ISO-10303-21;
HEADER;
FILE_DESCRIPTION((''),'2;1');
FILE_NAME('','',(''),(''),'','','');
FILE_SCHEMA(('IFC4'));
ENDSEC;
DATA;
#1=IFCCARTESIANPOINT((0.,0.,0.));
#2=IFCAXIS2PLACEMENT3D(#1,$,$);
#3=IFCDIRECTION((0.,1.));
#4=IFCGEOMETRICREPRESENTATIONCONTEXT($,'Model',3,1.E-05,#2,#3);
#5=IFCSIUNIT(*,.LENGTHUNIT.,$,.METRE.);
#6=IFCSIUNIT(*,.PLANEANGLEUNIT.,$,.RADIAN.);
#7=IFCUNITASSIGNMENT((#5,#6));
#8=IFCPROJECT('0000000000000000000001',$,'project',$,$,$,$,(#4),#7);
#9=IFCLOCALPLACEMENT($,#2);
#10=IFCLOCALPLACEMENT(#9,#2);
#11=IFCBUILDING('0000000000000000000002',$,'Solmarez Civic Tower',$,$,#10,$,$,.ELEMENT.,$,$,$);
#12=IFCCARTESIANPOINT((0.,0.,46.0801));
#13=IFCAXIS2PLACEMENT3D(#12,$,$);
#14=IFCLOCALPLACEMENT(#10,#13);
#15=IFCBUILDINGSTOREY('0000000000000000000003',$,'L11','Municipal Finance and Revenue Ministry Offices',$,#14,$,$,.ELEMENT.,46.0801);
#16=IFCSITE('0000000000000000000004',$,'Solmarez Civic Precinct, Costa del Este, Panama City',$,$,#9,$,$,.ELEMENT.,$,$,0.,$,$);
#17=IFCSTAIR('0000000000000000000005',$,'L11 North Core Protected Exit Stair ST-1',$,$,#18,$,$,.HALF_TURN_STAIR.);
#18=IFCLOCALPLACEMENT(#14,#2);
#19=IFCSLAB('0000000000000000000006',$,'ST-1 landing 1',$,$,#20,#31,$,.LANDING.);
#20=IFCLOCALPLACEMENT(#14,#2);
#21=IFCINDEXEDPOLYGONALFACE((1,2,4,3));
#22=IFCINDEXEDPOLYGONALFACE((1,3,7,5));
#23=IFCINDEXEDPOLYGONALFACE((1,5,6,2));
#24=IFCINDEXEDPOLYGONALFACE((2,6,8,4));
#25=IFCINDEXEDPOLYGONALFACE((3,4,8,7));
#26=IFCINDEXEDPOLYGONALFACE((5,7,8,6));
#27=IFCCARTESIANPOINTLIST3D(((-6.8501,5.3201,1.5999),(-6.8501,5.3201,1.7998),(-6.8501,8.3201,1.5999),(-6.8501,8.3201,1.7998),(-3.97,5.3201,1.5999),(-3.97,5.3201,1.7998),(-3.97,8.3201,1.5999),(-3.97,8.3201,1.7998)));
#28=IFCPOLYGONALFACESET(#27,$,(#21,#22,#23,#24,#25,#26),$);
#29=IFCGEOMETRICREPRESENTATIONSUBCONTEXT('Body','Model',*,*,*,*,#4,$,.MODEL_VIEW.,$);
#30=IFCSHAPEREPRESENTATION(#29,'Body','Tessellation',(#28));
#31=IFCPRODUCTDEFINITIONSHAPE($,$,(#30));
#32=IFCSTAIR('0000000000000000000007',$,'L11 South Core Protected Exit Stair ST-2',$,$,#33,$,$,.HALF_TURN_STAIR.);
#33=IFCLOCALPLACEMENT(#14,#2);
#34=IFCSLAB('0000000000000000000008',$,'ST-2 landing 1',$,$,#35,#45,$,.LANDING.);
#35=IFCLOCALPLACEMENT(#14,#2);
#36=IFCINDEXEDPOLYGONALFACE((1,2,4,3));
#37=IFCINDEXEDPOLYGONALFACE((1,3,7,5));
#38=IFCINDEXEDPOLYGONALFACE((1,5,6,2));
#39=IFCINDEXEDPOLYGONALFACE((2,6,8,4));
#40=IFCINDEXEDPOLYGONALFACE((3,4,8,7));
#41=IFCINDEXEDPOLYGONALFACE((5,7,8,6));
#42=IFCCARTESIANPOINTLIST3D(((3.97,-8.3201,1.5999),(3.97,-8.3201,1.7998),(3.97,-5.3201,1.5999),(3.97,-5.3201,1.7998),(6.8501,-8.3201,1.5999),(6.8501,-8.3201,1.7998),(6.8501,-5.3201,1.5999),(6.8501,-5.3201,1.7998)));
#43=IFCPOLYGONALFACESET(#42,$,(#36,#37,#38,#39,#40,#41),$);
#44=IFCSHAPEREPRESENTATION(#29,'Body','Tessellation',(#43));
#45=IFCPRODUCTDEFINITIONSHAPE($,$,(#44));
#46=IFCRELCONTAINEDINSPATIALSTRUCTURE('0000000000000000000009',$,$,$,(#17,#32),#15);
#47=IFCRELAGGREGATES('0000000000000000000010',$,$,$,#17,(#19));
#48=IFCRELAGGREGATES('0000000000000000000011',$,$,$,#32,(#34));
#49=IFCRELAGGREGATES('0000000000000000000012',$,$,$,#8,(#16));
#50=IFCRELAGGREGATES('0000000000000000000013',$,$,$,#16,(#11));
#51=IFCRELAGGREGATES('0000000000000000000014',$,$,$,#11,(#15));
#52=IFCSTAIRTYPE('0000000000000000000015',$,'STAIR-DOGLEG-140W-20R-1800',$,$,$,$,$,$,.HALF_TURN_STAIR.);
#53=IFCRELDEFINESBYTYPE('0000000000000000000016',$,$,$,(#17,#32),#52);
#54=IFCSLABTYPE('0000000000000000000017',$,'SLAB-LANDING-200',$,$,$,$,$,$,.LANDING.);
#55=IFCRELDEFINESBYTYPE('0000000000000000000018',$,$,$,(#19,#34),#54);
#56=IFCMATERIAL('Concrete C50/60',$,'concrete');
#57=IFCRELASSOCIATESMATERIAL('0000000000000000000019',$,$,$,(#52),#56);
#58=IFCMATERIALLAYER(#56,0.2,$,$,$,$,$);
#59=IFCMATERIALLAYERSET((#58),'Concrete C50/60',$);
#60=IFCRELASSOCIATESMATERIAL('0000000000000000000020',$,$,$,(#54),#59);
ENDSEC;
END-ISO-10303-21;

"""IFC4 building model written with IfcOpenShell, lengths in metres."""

from ifc_helpers import new_model, si_unit, direction, frame, origin, place, context, subcontext, project, spatial, polyline, outline, extrude, material, layer, layer_set, type_object, element, aggregate, save


model = new_model("IFC4")

# Units and contexts
model_context = context("Model", 3, precision=1e-05, world=origin(), true_north=direction((0.0, 1.0)))
body_context = subcontext(model_context, "Body", "Model", "MODEL_VIEW")
ifc_project = project(units=[si_unit("LENGTHUNIT", "METRE"), si_unit("PLANEANGLEUNIT", "RADIAN")], contexts=[model_context])

# Site, building, storey
site_placement = place(None, origin())
site = spatial("IfcSite", under=ifc_project, at=site_placement, Name="Solmarez Civic Precinct, Costa del Este, Panama City", CompositionType="ELEMENT", RefElevation=0.0)
building_placement = place(site_placement, origin())
building = spatial("IfcBuilding", under=site, at=building_placement, Name="Solmarez Civic Tower", CompositionType="ELEMENT")
storey_placement = place(building_placement, frame((0.0, 0.0, 46.0801)))
storey = spatial("IfcBuildingStorey", under=building, at=storey_placement, Name="L11", Description="Municipal Finance and Revenue Ministry Offices", CompositionType="ELEMENT", Elevation=46.0801)

# Stairs, slabs
ifc_material_1 = material(Name="Concrete C50/60", Category="concrete")
stair_type = type_object("IfcStairType", Name="STAIR-DOGLEG-140W-20R-1800", PredefinedType="HALF_TURN_STAIR", material=ifc_material_1)
stair_1_placement = place(storey_placement, origin())
stair_1 = element("IfcStair", 1, at=stair_1_placement, inside=storey, type_object=stair_type, Name="L11 North Core Protected Exit Stair ST-1", PredefinedType="HALF_TURN_STAIR")
ifc_layer_1 = layer(ifc_material_1, 0.2)
ifc_layer_set_1 = layer_set([ifc_layer_1], Name="Concrete C50/60")
slab_type_1 = type_object("IfcSlabType", Name="SLAB-LANDING-200", PredefinedType="LANDING", material=ifc_layer_set_1)
slab_1_placement = place(storey_placement, frame((0.0, 0.0, 1.5999)))
slab_1 = element("IfcSlab", 2, at=slab_1_placement, type_object=slab_type_1, Name="ST-1 landing 1", PredefinedType="LANDING", context=body_context, shape_type="SweptSolid", body=[
    extrude(outline(polyline([(-3.97, 8.3201), (-6.8501, 8.3201), (-6.8501, 5.3201), (-3.97, 5.3201), (-3.97, 8.3201)])), origin(), (0.0, 0.0, 1.0), 0.2),
])
aggregate(stair_1, [slab_1])
stair_2_placement = place(storey_placement, origin())
stair_2 = element("IfcStair", 3, at=stair_2_placement, inside=storey, type_object=stair_type, Name="L11 South Core Protected Exit Stair ST-2", PredefinedType="HALF_TURN_STAIR")
slab_2_placement = place(storey_placement, frame((0.0, 0.0, 1.5999)))
slab_2 = element("IfcSlab", 4, at=slab_2_placement, type_object=slab_type_1, Name="ST-2 landing 1", PredefinedType="LANDING", context=body_context, shape_type="SweptSolid", body=[
    extrude(outline(polyline([(3.97, -8.3201), (6.8501, -8.3201), (6.8501, -5.3201), (3.97, -5.3201), (3.97, -8.3201)])), origin(), (0.0, 0.0, 1.0), 0.2),
])

aggregate(stair_2, [slab_2])

save(model, "model.ifc")
